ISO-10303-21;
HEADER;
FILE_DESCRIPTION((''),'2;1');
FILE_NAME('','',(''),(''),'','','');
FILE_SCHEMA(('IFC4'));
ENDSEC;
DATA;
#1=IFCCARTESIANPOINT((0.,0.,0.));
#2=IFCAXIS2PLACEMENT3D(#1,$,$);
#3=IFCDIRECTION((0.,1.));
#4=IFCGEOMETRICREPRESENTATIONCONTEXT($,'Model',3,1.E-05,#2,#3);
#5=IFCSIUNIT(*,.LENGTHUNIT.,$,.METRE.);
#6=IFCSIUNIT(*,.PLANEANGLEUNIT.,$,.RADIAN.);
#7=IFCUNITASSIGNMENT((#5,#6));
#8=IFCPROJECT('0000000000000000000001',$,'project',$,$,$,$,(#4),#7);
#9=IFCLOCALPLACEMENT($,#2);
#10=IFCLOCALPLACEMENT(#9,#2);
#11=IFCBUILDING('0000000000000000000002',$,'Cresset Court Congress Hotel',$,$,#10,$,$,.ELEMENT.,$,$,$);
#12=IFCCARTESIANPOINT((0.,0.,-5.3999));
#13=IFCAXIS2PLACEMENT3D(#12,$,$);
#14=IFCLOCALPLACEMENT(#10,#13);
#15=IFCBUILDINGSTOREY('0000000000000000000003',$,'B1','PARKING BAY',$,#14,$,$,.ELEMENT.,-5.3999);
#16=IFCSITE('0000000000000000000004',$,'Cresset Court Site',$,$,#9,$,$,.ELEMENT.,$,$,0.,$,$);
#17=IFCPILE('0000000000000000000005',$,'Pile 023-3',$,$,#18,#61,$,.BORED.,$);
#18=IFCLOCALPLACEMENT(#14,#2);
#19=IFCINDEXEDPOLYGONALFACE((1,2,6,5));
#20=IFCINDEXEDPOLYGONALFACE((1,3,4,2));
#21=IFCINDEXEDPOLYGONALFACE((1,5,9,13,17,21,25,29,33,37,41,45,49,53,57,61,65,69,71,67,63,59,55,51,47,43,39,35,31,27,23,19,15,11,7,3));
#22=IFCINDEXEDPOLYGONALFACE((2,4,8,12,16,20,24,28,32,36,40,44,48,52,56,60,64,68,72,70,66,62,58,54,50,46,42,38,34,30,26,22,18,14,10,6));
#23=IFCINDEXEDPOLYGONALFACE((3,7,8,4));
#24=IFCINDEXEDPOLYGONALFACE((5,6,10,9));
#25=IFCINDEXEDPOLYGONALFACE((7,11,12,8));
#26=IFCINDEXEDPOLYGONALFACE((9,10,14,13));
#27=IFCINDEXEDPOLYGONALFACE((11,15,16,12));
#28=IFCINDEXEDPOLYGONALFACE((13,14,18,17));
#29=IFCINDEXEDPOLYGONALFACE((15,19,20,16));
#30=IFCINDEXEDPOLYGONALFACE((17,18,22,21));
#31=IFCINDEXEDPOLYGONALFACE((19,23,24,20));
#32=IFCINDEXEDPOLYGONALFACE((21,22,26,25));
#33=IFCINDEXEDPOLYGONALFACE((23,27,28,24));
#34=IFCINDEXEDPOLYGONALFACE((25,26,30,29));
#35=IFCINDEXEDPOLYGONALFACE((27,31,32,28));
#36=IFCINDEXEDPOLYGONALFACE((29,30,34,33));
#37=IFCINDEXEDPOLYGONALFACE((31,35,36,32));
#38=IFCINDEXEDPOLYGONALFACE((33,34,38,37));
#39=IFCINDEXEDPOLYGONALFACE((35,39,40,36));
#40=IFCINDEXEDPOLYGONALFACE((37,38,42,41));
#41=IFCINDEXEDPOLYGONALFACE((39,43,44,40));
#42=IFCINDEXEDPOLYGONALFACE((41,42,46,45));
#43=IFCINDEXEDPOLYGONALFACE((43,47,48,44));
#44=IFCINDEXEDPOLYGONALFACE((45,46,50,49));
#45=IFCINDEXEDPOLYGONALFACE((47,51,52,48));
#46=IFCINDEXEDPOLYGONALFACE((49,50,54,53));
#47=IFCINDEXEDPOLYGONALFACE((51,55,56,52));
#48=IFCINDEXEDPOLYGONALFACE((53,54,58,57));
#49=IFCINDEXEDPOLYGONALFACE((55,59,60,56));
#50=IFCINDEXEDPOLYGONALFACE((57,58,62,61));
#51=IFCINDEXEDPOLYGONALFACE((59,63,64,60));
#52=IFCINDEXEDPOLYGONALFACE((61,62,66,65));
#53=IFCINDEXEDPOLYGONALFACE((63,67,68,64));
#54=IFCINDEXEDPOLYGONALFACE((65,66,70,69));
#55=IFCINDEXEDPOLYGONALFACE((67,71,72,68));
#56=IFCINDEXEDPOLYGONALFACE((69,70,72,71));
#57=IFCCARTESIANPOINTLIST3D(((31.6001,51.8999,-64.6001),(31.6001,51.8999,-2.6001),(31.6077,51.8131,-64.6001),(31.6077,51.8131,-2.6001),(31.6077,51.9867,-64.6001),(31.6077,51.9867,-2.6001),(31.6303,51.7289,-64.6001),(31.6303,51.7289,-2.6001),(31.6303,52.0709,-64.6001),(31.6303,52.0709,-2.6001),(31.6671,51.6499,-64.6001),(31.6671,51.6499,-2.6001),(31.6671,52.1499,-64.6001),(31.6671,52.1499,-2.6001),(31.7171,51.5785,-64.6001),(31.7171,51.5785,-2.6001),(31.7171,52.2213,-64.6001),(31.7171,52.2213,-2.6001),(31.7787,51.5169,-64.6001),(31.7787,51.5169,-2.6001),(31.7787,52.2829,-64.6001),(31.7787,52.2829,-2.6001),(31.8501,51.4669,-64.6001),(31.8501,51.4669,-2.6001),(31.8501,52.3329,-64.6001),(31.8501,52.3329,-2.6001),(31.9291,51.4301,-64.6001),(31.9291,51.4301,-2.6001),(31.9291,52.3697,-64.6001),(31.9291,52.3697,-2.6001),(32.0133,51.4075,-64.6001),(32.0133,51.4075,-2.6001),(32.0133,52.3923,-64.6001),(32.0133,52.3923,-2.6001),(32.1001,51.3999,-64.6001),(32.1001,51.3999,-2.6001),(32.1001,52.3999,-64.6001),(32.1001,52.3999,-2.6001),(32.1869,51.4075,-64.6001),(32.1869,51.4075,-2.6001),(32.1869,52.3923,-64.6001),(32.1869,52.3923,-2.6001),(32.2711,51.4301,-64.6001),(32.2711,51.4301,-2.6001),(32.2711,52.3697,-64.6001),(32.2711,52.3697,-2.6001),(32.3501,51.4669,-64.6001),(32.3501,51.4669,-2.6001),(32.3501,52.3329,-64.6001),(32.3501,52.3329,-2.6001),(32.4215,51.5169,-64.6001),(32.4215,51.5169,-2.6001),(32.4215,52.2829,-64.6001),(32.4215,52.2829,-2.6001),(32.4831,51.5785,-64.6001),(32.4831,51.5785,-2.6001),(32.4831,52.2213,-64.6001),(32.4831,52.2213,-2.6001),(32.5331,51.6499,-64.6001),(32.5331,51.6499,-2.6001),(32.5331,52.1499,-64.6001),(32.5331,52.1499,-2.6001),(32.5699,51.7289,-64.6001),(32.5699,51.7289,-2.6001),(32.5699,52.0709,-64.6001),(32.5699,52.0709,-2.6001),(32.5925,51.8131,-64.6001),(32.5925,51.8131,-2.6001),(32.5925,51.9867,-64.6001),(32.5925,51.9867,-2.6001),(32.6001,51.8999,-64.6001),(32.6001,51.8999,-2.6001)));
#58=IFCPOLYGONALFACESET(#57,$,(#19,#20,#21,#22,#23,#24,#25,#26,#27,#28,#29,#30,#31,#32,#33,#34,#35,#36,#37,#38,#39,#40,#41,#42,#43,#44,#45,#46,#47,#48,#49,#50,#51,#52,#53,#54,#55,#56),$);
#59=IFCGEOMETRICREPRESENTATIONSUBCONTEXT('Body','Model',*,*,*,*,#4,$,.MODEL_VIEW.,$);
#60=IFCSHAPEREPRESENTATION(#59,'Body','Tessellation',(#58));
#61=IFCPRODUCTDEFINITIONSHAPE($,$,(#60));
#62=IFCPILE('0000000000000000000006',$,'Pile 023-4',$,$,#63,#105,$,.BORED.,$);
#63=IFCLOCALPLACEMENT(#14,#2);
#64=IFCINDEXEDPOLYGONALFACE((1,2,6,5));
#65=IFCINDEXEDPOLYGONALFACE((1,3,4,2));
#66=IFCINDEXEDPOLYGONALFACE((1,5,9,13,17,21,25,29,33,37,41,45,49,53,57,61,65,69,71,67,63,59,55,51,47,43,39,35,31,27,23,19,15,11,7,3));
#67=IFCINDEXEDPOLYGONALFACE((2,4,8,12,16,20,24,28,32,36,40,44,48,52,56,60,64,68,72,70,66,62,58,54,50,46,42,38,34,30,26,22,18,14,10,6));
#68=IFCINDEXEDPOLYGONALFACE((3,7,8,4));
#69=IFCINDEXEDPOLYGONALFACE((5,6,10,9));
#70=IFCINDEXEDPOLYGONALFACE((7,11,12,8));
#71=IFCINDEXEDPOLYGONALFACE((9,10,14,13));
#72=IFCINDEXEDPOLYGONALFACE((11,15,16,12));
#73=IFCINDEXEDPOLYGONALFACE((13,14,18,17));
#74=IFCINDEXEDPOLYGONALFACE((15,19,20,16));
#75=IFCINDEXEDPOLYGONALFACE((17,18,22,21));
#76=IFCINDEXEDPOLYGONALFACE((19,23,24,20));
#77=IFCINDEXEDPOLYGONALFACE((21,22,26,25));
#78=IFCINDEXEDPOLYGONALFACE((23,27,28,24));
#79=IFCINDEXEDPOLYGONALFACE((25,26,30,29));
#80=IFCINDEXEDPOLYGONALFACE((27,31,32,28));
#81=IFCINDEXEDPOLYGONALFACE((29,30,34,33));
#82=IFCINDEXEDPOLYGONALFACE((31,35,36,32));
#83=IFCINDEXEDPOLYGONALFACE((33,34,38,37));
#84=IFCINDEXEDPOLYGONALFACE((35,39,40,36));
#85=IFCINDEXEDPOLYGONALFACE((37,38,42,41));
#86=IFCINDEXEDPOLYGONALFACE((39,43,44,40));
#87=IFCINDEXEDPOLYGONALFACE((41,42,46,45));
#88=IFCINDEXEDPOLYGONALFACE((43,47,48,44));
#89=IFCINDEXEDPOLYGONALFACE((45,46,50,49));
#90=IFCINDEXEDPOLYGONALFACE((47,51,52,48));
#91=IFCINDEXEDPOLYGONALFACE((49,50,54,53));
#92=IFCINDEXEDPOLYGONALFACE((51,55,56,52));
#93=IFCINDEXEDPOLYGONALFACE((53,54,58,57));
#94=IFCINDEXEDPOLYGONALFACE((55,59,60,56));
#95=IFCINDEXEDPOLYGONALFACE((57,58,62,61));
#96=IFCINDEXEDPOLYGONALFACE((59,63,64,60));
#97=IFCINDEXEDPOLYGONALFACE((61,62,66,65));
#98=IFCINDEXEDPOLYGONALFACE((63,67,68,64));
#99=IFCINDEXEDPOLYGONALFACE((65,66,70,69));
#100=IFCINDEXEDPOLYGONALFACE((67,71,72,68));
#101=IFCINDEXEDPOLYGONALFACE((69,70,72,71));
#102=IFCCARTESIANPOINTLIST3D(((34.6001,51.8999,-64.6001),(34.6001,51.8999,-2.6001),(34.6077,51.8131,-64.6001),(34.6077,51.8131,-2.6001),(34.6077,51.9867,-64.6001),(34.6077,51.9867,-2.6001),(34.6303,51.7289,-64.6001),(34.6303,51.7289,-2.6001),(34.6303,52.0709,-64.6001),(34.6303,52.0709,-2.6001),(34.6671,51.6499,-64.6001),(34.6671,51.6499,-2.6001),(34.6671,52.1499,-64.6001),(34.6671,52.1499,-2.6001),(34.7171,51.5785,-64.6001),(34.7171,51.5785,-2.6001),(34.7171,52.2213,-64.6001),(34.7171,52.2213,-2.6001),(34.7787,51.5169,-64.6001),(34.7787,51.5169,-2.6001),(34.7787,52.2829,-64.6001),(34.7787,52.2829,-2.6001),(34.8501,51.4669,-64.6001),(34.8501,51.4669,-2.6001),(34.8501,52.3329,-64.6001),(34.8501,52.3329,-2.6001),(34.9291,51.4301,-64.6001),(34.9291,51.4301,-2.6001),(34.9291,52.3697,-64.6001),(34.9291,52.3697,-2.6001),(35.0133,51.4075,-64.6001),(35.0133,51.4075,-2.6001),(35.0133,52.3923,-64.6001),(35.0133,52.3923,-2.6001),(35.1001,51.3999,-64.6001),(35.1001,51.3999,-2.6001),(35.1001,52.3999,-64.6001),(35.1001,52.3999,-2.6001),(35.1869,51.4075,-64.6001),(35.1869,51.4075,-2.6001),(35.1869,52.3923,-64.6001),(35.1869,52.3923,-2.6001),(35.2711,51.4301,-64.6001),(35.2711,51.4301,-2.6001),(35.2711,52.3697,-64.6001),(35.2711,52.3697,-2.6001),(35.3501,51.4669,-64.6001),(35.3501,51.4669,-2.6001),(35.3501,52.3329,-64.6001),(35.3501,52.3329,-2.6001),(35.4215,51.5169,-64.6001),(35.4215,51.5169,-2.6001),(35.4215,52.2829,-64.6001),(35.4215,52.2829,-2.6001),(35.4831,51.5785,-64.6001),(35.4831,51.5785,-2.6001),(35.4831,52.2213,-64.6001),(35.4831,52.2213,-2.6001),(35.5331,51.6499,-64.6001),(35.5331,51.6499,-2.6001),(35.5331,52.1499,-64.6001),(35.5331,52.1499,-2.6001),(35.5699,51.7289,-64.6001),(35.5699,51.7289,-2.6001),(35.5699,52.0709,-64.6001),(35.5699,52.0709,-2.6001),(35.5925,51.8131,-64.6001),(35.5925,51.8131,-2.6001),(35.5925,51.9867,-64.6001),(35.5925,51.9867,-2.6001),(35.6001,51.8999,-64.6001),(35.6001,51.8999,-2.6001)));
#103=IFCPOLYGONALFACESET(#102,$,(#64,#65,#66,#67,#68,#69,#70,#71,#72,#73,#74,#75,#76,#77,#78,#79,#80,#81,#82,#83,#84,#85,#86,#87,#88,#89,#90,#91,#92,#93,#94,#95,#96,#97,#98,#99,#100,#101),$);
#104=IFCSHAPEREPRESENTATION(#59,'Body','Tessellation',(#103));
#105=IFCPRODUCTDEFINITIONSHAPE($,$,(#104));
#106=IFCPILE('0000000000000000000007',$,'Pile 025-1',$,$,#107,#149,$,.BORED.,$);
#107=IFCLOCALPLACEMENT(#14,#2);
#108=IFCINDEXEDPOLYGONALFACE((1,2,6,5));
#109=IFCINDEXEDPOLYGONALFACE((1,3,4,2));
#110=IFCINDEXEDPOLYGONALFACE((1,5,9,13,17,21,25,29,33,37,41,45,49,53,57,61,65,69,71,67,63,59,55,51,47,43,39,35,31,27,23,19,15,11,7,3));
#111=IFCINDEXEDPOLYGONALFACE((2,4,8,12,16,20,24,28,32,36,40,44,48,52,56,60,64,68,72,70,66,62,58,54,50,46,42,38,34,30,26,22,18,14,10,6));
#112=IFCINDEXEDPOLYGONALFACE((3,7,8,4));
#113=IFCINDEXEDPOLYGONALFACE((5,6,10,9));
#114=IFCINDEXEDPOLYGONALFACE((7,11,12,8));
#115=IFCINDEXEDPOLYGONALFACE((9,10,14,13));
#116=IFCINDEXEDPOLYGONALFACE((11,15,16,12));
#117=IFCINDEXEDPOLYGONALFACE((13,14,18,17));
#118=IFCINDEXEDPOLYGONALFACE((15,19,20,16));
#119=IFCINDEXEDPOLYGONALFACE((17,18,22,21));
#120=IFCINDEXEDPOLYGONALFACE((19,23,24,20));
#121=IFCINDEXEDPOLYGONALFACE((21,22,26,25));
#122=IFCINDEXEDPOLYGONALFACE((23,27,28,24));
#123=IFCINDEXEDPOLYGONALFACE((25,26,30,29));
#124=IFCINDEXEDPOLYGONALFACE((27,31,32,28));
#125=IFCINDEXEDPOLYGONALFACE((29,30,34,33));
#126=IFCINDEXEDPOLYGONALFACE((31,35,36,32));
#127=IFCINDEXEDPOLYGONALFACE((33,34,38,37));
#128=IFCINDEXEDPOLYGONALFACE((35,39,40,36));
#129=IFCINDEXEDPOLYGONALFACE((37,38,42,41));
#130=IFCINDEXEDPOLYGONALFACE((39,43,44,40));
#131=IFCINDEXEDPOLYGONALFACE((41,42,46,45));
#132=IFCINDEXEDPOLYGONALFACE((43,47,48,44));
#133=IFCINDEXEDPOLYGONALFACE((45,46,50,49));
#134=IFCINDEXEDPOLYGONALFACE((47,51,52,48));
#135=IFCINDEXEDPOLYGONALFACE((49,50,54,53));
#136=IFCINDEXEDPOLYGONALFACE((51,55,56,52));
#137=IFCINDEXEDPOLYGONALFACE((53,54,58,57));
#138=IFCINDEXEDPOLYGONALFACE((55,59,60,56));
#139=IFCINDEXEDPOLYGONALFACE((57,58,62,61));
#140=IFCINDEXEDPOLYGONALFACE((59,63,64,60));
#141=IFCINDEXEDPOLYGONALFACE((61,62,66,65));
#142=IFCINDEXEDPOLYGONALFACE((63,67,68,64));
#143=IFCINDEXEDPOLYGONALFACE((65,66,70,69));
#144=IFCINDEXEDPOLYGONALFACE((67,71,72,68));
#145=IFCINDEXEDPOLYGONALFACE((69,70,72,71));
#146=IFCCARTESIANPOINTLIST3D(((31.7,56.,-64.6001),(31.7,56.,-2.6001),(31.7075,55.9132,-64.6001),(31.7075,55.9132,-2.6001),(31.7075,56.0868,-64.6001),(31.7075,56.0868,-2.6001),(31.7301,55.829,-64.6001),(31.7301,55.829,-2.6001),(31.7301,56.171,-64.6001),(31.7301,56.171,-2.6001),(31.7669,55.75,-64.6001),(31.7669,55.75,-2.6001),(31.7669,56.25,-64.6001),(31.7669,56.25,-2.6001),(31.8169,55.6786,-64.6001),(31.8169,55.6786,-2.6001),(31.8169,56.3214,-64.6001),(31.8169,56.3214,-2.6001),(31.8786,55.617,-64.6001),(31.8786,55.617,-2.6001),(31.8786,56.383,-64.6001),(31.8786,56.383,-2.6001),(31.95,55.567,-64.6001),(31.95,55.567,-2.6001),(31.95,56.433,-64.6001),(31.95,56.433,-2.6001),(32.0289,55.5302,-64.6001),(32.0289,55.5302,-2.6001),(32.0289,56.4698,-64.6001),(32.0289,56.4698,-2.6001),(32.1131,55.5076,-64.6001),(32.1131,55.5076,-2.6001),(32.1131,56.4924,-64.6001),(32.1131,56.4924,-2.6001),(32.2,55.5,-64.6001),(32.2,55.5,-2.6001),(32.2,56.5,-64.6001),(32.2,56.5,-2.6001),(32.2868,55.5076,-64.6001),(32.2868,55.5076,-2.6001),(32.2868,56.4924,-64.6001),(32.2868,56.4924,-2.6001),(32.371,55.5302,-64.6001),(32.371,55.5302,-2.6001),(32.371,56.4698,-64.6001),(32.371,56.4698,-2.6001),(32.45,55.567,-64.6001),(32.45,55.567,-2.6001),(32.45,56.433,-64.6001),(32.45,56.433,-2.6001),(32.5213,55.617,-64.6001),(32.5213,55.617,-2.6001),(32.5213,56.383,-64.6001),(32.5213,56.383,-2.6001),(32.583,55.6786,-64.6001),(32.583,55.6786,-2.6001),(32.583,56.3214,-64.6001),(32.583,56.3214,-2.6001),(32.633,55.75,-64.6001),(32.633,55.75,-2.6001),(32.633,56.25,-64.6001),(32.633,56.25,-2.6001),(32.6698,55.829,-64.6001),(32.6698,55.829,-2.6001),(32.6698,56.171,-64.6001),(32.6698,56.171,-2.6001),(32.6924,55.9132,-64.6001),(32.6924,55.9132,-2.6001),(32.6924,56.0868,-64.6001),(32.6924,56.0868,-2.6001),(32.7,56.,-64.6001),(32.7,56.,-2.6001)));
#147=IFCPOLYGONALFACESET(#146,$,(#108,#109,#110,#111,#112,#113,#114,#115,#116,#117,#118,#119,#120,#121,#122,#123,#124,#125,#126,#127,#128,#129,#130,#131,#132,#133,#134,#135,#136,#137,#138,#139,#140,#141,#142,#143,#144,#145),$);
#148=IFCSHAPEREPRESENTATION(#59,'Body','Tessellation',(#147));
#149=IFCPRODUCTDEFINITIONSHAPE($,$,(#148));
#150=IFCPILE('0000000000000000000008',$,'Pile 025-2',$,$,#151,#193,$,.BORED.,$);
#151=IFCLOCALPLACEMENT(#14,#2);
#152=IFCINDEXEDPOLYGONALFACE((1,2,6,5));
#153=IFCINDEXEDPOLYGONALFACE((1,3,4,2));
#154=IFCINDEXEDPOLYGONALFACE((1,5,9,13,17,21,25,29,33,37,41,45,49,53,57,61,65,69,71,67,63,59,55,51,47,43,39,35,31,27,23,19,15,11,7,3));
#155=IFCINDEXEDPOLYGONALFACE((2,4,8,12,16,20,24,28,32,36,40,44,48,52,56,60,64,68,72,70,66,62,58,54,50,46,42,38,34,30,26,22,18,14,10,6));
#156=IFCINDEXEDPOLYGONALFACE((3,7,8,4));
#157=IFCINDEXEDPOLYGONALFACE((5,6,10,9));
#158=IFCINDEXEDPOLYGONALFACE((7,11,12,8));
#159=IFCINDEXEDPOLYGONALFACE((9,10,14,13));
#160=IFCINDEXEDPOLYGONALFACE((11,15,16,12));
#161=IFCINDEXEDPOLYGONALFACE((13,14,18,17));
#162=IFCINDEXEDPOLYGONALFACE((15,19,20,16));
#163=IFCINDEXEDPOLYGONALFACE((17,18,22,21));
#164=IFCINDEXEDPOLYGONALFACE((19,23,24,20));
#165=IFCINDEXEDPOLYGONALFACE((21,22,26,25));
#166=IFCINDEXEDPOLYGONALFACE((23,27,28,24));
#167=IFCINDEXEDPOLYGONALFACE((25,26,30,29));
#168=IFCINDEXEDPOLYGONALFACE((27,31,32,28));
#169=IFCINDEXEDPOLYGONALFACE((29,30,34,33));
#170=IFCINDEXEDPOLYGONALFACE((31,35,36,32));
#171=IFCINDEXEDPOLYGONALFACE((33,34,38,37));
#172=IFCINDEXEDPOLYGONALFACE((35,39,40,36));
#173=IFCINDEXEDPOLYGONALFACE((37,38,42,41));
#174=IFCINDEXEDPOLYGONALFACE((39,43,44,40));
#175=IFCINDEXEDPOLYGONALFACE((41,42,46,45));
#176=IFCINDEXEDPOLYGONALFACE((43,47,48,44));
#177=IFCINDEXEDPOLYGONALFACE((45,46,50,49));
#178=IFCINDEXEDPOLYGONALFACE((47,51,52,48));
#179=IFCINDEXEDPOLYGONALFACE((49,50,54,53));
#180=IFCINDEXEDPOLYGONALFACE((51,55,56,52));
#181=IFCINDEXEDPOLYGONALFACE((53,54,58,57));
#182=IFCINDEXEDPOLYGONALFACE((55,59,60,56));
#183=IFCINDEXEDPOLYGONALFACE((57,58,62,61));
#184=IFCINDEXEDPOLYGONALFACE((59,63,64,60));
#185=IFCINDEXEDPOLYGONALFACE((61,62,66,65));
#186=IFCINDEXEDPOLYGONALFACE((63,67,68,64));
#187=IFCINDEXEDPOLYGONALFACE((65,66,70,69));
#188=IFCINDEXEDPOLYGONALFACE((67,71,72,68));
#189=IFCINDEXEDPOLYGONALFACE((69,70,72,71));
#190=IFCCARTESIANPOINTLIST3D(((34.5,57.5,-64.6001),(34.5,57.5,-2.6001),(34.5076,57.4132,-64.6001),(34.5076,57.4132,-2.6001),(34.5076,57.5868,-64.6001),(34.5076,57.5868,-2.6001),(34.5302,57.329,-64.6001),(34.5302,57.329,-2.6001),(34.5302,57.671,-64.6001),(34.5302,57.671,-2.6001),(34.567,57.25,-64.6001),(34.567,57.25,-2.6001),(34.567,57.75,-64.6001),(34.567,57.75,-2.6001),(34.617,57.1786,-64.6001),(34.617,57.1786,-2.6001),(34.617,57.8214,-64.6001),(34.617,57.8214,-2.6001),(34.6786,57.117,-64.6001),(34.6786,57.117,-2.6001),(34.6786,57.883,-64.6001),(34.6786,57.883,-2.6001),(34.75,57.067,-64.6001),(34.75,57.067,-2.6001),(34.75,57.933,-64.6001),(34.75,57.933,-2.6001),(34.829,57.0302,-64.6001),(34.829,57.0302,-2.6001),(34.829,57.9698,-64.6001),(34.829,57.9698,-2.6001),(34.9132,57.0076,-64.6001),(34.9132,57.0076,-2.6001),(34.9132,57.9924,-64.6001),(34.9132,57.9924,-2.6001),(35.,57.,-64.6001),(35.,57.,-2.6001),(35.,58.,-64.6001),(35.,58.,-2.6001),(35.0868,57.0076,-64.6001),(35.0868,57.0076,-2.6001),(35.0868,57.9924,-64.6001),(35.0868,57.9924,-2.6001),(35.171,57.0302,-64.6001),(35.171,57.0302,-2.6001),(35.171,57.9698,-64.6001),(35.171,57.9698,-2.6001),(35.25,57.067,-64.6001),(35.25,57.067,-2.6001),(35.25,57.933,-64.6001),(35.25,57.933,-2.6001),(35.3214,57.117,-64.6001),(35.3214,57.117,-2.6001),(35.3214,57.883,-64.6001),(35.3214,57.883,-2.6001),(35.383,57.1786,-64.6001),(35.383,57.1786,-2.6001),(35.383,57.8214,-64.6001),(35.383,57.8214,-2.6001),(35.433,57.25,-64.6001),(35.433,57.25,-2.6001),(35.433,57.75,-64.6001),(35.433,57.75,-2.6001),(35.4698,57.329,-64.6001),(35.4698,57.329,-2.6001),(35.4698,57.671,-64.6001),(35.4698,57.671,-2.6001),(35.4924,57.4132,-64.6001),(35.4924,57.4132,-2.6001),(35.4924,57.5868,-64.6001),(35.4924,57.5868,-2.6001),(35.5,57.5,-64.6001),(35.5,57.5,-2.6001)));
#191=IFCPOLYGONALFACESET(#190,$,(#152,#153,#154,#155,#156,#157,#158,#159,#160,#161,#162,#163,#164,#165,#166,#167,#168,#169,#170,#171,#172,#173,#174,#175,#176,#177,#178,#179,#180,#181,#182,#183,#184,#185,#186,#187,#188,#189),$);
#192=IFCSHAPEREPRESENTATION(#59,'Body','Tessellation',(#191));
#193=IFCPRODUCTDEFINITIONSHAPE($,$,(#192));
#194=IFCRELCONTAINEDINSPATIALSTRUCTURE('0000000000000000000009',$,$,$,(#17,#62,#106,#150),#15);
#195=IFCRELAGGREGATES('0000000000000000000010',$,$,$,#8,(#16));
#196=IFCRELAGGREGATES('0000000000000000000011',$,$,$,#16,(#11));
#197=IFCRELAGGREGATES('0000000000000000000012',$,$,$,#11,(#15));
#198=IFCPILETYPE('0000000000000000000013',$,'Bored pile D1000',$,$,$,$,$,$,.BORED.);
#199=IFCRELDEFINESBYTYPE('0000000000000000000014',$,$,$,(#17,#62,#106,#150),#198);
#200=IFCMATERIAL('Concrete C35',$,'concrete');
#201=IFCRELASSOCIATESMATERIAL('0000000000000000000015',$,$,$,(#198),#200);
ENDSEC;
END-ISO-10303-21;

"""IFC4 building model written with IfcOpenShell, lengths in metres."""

from ifc_helpers import new_model, si_unit, direction, frame, origin, origin_2d, place, context, subcontext, project, spatial, circle, extrude, material, type_object, element, save


model = new_model("IFC4")

# Units and contexts
model_context = context("Model", 3, precision=1e-05, world=origin(), true_north=direction((0.0, 1.0)))
body_context = subcontext(model_context, "Body", "Model", "MODEL_VIEW")
ifc_project = project(units=[si_unit("LENGTHUNIT", "METRE"), si_unit("PLANEANGLEUNIT", "RADIAN")], contexts=[model_context])

# Site, building, storey
site_placement = place(None, origin())
site = spatial("IfcSite", under=ifc_project, at=site_placement, Name="Cresset Court Site", CompositionType="ELEMENT", RefElevation=0.0)
building_placement = place(site_placement, origin())
building = spatial("IfcBuilding", under=site, at=building_placement, Name="Cresset Court Congress Hotel", CompositionType="ELEMENT")
storey_placement = place(building_placement, frame((0.0, 0.0, -5.3999)))
storey = spatial("IfcBuildingStorey", under=building, at=storey_placement, Name="B1", Description="PARKING BAY", CompositionType="ELEMENT", Elevation=-5.3999)

# Piles
ifc_material_1 = material(Name="Concrete C35", Category="concrete")
pile_type = type_object("IfcPileType", Name="Bored pile D1000", PredefinedType="BORED", material=ifc_material_1)
for number, where, z_axis, x_axis, name in (
    (1, (32.1001, 51.8999, -2.6001), (0.0, 0.0, -1.0), (1.0, 0.0, 0.0), "Pile 023-3"),
    (2, (35.1001, 51.8999, -2.6001), (0.0, 0.0, -1.0), (1.0, 0.0, 0.0), "Pile 023-4"),
    (3, (32.2, 56.0, -2.6001), (0.0, 0.0, -1.0), (1.0, 0.0, 0.0), "Pile 025-1"),
    (4, (35.0, 57.5, -2.6001), (0.0, 0.0, -1.0), (1.0, 0.0, 0.0), "Pile 025-2"),
):
    element("IfcPile", number, at=place(storey_placement, frame(where, z_axis=z_axis, x_axis=x_axis)), inside=storey, type_object=pile_type, Name=name, PredefinedType="BORED", context=body_context, shape_type="SweptSolid", body=[
        extrude(circle(Radius=0.5, at=origin_2d()), origin(), (0.0, 0.0, 1.0), 62.0),
    ])

save(model, "model.ifc")
